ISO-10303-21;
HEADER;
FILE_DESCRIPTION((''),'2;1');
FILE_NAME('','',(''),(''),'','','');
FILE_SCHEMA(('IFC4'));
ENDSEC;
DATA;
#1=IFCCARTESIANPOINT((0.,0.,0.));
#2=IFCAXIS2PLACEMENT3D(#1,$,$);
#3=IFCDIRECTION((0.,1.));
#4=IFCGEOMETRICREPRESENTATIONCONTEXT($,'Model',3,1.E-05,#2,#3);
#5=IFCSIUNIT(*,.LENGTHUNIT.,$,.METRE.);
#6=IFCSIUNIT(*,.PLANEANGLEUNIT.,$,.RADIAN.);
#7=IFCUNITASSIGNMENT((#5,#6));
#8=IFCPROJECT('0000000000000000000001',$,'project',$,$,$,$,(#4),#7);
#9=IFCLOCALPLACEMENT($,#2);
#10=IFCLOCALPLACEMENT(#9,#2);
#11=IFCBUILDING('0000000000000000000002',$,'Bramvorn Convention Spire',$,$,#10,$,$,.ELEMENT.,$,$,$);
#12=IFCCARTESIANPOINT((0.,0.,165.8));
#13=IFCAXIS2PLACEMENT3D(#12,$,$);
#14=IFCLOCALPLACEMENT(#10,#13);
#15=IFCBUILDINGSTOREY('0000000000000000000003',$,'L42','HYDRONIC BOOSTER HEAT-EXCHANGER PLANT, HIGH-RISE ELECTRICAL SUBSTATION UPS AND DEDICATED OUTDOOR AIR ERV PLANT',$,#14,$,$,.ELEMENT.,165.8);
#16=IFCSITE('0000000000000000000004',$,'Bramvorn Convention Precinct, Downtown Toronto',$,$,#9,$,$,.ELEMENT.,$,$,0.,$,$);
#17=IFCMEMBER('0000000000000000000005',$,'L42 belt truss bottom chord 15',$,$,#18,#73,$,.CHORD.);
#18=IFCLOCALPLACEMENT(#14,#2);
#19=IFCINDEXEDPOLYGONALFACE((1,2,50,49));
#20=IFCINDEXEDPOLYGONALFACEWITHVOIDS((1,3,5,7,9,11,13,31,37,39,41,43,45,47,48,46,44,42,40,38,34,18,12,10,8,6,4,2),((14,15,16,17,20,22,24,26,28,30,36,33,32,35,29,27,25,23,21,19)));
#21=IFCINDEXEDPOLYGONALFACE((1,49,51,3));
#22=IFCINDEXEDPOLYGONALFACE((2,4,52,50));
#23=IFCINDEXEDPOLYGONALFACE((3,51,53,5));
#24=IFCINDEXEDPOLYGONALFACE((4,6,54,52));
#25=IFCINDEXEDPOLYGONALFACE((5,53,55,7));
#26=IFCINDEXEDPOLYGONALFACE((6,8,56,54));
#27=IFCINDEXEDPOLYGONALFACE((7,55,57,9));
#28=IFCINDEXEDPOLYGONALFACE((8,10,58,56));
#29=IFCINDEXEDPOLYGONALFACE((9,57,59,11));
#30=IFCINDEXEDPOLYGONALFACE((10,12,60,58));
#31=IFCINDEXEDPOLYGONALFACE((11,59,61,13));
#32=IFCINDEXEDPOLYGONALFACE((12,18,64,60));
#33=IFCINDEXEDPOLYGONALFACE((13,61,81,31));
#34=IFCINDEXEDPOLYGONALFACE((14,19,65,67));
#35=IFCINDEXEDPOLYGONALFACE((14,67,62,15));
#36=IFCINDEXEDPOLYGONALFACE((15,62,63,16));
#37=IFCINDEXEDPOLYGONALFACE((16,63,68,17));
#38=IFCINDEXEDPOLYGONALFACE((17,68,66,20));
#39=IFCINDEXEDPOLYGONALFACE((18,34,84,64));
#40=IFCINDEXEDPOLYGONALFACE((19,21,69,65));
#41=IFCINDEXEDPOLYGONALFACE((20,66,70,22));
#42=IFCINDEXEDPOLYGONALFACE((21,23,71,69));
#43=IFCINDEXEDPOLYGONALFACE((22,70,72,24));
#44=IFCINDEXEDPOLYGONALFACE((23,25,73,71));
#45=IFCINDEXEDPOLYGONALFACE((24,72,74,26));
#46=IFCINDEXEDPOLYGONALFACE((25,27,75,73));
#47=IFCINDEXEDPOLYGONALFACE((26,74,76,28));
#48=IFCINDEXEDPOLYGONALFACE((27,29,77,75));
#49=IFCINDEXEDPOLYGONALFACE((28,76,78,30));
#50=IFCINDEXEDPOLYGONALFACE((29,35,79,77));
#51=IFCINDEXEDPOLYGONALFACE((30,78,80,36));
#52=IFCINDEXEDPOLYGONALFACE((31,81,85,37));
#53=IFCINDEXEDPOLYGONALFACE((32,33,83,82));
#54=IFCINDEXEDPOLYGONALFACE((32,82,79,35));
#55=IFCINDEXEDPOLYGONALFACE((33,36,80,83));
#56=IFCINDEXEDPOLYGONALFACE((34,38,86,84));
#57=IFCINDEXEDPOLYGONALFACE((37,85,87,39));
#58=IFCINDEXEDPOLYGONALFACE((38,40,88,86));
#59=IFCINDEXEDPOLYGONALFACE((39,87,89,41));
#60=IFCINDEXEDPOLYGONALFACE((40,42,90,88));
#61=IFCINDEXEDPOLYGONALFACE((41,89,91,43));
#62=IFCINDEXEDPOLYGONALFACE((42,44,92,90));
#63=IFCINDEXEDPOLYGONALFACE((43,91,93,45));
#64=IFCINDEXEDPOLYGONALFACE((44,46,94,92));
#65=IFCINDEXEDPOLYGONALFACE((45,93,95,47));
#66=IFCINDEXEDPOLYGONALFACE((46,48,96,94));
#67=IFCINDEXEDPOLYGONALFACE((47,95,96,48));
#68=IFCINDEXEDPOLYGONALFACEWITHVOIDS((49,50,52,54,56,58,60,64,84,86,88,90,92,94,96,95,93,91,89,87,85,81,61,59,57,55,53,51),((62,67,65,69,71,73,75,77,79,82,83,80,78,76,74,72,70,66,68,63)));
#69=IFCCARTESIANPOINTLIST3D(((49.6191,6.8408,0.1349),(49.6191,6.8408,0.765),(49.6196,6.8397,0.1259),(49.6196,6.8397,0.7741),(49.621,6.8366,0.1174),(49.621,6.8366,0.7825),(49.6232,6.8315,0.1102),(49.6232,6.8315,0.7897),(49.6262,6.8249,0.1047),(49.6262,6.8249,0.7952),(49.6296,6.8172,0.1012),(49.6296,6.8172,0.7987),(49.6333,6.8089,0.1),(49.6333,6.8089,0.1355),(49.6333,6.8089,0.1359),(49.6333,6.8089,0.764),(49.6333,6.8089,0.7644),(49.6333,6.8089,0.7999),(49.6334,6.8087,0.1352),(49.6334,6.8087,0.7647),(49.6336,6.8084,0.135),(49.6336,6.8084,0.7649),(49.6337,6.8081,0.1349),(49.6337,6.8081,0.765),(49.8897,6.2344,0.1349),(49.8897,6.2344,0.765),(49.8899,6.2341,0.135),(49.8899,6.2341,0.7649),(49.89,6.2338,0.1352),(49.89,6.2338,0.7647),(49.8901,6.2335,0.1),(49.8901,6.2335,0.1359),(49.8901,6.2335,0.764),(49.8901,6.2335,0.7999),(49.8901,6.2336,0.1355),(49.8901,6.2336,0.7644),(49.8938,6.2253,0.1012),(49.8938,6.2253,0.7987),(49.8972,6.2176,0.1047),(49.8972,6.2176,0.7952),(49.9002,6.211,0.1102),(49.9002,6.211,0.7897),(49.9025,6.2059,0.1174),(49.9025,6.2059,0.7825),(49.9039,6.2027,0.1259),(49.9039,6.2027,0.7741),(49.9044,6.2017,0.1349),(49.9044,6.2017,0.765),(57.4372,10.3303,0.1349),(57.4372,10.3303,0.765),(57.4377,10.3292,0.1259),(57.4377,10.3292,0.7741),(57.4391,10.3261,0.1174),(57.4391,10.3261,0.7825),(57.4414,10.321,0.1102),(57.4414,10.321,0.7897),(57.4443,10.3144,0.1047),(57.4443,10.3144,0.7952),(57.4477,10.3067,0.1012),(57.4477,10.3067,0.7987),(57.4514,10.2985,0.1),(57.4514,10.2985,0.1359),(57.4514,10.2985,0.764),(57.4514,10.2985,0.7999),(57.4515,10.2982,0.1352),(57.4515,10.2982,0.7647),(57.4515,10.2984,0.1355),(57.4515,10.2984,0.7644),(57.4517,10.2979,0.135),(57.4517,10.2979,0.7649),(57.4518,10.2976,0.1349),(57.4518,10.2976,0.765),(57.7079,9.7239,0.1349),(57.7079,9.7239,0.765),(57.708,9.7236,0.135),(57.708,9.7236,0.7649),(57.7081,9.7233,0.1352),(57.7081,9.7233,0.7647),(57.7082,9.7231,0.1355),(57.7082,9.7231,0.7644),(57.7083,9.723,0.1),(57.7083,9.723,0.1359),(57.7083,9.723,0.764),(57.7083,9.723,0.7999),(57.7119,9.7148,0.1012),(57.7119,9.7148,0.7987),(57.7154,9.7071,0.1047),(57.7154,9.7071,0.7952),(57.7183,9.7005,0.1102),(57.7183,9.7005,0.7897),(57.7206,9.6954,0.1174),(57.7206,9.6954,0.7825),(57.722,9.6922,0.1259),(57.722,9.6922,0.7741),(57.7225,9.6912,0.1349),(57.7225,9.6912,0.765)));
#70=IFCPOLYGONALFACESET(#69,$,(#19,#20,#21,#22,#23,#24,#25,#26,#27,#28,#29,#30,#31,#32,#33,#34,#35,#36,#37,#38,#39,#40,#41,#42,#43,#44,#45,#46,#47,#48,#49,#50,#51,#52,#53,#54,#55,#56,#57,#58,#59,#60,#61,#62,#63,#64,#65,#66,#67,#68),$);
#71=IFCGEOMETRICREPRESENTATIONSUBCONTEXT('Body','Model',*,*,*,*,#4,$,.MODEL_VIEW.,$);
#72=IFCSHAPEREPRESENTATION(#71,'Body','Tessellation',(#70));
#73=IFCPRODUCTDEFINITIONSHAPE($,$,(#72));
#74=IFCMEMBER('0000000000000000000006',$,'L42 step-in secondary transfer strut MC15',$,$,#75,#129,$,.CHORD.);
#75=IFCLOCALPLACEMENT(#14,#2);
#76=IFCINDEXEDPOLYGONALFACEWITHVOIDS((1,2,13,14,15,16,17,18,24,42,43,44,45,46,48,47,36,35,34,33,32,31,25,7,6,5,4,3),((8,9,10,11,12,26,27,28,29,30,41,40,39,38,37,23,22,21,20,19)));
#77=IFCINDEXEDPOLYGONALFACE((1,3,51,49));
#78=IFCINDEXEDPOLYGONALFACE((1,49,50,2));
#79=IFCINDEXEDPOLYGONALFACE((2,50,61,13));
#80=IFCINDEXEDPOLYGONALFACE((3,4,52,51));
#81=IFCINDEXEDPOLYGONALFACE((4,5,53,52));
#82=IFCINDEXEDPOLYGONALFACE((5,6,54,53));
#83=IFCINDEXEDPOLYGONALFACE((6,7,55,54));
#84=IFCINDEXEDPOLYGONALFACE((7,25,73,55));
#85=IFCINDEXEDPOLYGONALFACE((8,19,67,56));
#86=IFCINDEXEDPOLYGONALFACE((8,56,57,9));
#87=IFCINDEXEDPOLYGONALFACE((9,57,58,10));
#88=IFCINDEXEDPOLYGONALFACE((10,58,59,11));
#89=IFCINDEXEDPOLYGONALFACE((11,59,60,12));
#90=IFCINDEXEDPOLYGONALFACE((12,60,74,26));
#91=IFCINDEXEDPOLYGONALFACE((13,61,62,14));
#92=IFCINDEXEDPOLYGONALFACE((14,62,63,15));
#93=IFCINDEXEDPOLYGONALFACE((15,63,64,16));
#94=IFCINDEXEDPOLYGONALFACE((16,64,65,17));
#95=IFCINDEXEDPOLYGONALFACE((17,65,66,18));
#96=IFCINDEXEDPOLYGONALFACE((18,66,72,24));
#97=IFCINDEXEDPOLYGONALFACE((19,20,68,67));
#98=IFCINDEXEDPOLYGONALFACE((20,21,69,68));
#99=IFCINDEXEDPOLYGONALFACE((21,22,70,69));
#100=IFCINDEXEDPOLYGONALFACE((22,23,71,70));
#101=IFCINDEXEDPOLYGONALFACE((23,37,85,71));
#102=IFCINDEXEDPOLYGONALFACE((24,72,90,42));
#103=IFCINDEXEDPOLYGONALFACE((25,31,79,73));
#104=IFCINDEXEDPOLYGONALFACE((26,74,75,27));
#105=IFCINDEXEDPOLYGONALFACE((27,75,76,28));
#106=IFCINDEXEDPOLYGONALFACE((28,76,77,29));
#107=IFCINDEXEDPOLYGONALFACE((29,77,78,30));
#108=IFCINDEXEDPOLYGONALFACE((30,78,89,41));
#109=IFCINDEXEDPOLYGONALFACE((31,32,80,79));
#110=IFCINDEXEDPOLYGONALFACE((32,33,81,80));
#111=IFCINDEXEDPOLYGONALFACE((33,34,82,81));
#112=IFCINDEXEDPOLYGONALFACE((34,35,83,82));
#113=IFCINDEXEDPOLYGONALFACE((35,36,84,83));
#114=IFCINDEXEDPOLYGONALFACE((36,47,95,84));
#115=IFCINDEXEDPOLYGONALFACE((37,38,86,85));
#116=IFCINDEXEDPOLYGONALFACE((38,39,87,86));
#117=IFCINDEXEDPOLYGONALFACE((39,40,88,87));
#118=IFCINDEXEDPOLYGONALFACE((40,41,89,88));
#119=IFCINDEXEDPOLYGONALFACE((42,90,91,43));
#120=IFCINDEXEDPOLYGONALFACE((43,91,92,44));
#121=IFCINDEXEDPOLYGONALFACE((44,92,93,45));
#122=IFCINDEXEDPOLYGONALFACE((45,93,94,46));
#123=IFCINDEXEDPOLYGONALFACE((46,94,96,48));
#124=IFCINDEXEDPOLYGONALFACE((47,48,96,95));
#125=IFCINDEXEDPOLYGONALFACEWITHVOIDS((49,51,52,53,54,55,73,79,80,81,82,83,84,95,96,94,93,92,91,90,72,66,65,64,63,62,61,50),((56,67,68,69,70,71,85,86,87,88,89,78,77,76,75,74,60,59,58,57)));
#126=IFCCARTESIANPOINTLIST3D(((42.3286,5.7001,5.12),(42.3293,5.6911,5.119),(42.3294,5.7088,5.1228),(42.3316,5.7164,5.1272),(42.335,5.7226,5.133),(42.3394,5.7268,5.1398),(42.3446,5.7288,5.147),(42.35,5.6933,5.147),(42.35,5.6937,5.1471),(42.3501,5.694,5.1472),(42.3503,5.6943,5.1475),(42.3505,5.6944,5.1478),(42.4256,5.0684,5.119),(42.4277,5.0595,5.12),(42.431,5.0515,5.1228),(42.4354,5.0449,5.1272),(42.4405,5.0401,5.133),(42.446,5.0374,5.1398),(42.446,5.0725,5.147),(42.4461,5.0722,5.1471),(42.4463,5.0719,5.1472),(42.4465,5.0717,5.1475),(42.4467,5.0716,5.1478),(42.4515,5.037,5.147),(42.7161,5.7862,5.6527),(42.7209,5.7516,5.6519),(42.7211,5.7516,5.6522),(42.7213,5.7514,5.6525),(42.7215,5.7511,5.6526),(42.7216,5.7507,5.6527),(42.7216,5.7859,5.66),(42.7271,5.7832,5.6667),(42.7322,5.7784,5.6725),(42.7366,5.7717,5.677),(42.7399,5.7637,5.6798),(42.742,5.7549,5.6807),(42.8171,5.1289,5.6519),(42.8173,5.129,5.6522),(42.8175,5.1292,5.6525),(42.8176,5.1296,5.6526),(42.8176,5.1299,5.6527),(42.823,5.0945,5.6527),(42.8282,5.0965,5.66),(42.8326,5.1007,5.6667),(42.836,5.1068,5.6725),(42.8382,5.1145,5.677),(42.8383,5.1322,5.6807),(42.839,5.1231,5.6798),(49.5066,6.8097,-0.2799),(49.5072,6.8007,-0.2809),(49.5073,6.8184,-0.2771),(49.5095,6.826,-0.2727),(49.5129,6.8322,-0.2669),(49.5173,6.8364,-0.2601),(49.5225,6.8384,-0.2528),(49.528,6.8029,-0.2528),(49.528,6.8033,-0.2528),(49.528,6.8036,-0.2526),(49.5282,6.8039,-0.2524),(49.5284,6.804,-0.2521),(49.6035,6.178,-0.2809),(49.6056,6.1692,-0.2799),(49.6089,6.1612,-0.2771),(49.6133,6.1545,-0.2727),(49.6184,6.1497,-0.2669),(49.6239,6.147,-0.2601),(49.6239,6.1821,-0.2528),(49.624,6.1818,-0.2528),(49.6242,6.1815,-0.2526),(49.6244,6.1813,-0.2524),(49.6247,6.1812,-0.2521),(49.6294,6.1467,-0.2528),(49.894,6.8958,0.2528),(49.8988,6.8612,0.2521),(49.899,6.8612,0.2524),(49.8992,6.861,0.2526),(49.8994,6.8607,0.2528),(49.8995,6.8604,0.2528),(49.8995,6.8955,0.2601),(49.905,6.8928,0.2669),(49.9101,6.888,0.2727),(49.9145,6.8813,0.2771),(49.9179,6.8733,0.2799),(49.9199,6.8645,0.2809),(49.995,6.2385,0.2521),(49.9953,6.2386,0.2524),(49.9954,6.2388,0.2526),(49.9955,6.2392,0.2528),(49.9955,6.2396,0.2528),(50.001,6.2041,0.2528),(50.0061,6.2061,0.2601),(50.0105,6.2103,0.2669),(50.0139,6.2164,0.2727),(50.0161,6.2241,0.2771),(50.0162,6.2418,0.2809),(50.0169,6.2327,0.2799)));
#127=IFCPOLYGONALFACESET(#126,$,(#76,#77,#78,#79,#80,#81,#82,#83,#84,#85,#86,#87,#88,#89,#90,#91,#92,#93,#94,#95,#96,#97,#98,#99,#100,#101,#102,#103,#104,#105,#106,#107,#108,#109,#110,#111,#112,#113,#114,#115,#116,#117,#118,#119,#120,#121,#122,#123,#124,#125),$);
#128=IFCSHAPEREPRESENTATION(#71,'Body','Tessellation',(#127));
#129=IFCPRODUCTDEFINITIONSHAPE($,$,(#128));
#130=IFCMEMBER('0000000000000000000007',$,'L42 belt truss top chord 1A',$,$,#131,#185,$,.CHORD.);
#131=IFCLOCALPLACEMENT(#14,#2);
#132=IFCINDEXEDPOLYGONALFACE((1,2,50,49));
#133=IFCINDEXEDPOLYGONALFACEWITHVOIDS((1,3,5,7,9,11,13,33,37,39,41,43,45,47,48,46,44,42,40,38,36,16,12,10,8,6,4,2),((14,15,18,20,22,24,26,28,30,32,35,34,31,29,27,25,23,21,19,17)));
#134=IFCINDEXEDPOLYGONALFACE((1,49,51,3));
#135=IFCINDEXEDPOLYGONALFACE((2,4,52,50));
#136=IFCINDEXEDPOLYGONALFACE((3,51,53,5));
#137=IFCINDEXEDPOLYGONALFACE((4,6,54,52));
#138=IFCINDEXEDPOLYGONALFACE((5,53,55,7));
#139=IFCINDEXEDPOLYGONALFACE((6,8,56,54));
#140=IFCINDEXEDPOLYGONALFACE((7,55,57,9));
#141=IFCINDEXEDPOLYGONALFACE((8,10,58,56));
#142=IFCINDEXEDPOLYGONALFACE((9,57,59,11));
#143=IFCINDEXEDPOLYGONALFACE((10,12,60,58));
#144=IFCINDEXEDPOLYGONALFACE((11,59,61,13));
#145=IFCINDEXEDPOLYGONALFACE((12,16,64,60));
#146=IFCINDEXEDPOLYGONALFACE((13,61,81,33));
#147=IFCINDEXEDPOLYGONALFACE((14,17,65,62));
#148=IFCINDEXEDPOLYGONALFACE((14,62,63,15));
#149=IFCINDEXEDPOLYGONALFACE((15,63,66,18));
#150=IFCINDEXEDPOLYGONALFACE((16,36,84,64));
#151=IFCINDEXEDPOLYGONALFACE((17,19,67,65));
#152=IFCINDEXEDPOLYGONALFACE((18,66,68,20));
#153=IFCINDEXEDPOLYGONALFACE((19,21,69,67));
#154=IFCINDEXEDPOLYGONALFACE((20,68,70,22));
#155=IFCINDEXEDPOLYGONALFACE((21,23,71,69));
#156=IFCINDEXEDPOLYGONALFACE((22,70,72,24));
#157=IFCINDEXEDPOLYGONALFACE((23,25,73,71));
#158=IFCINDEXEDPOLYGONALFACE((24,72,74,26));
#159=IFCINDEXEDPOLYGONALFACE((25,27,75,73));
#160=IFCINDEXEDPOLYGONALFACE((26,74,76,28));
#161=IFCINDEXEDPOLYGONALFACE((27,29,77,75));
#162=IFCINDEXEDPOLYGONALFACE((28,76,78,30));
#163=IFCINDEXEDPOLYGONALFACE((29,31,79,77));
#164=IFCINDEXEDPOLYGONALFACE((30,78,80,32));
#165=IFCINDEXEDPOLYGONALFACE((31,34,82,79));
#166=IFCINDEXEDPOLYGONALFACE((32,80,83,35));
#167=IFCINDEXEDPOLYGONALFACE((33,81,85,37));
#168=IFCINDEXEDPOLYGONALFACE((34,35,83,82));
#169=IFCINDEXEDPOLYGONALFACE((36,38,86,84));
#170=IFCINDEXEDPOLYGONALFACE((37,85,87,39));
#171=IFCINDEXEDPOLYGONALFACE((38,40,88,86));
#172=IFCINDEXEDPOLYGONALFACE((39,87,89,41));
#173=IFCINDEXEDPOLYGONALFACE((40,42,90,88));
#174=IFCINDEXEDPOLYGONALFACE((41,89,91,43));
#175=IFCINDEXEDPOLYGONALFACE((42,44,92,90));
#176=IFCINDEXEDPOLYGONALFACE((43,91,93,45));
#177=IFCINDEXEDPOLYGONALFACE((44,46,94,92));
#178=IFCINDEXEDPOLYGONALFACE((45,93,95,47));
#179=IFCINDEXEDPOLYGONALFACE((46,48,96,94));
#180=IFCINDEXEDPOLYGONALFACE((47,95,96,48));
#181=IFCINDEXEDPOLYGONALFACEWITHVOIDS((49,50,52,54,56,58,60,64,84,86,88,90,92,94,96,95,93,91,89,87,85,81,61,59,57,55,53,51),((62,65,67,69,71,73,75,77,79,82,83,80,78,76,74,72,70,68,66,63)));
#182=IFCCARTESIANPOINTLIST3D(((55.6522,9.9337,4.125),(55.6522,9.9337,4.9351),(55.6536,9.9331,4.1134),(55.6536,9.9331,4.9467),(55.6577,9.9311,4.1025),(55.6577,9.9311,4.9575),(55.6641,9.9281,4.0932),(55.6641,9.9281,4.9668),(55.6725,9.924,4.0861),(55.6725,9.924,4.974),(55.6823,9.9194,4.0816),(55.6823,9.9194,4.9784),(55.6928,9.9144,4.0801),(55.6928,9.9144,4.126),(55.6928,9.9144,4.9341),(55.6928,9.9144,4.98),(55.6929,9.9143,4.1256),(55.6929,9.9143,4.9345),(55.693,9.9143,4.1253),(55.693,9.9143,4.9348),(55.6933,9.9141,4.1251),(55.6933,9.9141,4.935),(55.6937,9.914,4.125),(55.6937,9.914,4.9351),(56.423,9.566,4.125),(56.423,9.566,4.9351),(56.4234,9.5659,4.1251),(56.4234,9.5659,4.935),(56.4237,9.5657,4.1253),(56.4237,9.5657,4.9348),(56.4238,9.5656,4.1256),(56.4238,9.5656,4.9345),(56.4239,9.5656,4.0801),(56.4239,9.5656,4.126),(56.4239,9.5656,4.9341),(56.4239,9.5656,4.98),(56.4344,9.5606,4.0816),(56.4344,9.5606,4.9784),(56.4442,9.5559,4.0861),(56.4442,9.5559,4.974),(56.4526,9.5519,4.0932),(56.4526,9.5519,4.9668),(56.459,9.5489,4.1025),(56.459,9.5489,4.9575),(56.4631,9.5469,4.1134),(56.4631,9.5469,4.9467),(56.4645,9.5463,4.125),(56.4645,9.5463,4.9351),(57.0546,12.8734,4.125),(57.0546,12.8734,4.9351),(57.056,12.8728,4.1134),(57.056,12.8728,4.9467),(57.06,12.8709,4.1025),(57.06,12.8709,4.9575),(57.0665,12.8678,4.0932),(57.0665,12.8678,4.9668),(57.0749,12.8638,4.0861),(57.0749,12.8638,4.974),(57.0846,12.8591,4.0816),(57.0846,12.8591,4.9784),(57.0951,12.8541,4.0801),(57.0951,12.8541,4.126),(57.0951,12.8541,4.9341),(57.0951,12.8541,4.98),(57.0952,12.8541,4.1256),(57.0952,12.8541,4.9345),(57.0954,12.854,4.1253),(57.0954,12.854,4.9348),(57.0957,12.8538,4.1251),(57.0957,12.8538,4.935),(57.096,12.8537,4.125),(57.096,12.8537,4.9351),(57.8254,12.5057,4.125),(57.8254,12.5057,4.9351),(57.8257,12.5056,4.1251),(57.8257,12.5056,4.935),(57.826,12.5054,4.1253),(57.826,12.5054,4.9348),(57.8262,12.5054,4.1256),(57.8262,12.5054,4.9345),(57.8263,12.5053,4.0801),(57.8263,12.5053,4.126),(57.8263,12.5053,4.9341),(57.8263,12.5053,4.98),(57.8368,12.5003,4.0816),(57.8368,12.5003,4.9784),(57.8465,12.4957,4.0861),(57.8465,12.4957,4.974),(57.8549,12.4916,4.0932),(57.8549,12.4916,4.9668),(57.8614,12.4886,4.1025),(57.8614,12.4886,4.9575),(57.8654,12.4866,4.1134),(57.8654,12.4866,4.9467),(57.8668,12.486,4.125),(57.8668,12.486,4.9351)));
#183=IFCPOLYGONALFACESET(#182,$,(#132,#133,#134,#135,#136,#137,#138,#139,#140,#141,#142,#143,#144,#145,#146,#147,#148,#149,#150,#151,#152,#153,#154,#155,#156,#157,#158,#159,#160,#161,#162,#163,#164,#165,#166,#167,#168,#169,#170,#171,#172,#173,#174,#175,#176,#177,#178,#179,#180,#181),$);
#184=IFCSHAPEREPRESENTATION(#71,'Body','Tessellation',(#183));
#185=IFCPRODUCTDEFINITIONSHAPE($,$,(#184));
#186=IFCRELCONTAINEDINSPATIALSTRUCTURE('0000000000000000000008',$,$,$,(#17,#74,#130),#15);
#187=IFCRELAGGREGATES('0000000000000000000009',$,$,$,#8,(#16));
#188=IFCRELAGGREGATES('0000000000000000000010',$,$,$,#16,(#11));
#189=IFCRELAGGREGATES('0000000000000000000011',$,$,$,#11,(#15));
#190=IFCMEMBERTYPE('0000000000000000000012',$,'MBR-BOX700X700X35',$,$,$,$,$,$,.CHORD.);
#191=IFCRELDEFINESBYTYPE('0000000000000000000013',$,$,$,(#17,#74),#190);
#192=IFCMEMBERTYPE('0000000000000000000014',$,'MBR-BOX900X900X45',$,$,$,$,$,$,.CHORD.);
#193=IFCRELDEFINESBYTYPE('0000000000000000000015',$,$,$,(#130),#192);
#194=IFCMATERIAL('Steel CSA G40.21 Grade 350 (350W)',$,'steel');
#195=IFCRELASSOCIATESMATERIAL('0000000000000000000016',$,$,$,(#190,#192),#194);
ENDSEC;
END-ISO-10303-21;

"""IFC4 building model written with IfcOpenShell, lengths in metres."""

from ifc_helpers import new_model, si_unit, direction, frame, origin, origin_2d, place, context, subcontext, project, spatial, hollow_rectangle, extrude, material, material_profile, profile_set, type_object, element, save


model = new_model("IFC4")

# Units and contexts
model_context = context("Model", 3, precision=1e-05, world=origin(), true_north=direction((0.0, 1.0)))
body_context = subcontext(model_context, "Body", "Model", "MODEL_VIEW")
ifc_project = project(units=[si_unit("LENGTHUNIT", "METRE"), si_unit("PLANEANGLEUNIT", "RADIAN")], contexts=[model_context])

# Site, building, storey
site_placement = place(None, origin())
site = spatial("IfcSite", under=ifc_project, at=site_placement, Name="Bramvorn Convention Precinct, Downtown Toronto", CompositionType="ELEMENT", RefElevation=0.0)
building_placement = place(site_placement, origin())
building = spatial("IfcBuilding", under=site, at=building_placement, Name="Bramvorn Convention Spire", CompositionType="ELEMENT")
storey_placement = place(building_placement, frame((0.0, 0.0, 165.8)))
storey = spatial("IfcBuildingStorey", under=building, at=storey_placement, Name="L42", Description="HYDRONIC BOOSTER HEAT-EXCHANGER PLANT, HIGH-RISE ELECTRICAL SUBSTATION UPS AND DEDICATED OUTDOOR AIR ERV PLANT", CompositionType="ELEMENT", Elevation=165.8)

# Shared definitions
ifc_material_1 = material(Name="Steel CSA G40.21 Grade 350 (350W)", Category="steel")

# Members
ifc_material_profile_1 = material_profile(ifc_material_1, hollow_rectangle(XDim=0.7, YDim=0.7, WallThickness=0.0349, InnerFilletRadius=0.001, OuterFilletRadius=0.0349, at=origin_2d()))
ifc_profile_set_1 = profile_set([ifc_material_profile_1], Name="Steel CSA G40.21 Grade 350 (350W) - BOX700X700X35")
member_type_1 = type_object("IfcMemberType", Name="MBR-BOX700X700X35", PredefinedType="CHORD", material=ifc_profile_set_1)
member_1_placement = place(storey_placement, frame((49.7617, 6.5212, 0.45), z_axis=(0.91317, 0.40758, 0.0), x_axis=(-0.40758, 0.91317, 0.0)))
element("IfcMember", 1, at=member_1_placement, inside=storey, type_object=member_type_1, Name="L42 belt truss bottom chord 15", PredefinedType="CHORD", context=body_context, shape_type="SweptSolid", body=[
    extrude(hollow_rectangle(XDim=0.7, YDim=0.7, WallThickness=0.0349, InnerFilletRadius=0.001, OuterFilletRadius=0.0349, at=origin_2d()), origin(), (0.0, 0.0, 1.0), 8.5615),
])
member_2_placement = place(storey_placement, frame((49.7617, 6.5212, 0.0), z_axis=(-0.793093, -0.122602, 0.596634), x_axis=(0.152772, -0.988261, 0.0)))
element("IfcMember", 2, at=member_2_placement, inside=storey, type_object=member_type_1, Name="L42 step-in secondary transfer strut MC15", PredefinedType="CHORD", context=body_context, shape_type="SweptSolid", body=[
    extrude(hollow_rectangle(XDim=0.7, YDim=0.7, WallThickness=0.0349, InnerFilletRadius=0.001, OuterFilletRadius=0.0349, at=origin_2d()), origin(), (0.0, 0.0, 1.0), 9.0505),
])
ifc_material_profile_2 = material_profile(ifc_material_1, hollow_rectangle(XDim=0.8999, YDim=0.8999, WallThickness=0.0449, InnerFilletRadius=0.001, OuterFilletRadius=0.0449, at=origin_2d()))
ifc_profile_set_2 = profile_set([ifc_material_profile_2], Name="Steel CSA G40.21 Grade 350 (350W) - BOX900X900X45")
member_type_2 = type_object("IfcMemberType", Name="MBR-BOX900X900X45", PredefinedType="CHORD", material=ifc_profile_set_2)
member_3_placement = place(storey_placement, frame((56.0583, 9.74, 4.53), z_axis=(0.430556, 0.902564, 0.0), x_axis=(-0.902564, 0.430556, 0.0)))
element("IfcMember", 3, at=member_3_placement, inside=storey, type_object=member_type_2, Name="L42 belt truss top chord 1A", PredefinedType="CHORD", context=body_context, shape_type="SweptSolid", body=[
    extrude(hollow_rectangle(XDim=0.8999, YDim=0.8999, WallThickness=0.0449, InnerFilletRadius=0.001, OuterFilletRadius=0.0449, at=origin_2d()), origin(), (0.0, 0.0, 1.0), 3.2571),
])

save(model, "model.ifc")
